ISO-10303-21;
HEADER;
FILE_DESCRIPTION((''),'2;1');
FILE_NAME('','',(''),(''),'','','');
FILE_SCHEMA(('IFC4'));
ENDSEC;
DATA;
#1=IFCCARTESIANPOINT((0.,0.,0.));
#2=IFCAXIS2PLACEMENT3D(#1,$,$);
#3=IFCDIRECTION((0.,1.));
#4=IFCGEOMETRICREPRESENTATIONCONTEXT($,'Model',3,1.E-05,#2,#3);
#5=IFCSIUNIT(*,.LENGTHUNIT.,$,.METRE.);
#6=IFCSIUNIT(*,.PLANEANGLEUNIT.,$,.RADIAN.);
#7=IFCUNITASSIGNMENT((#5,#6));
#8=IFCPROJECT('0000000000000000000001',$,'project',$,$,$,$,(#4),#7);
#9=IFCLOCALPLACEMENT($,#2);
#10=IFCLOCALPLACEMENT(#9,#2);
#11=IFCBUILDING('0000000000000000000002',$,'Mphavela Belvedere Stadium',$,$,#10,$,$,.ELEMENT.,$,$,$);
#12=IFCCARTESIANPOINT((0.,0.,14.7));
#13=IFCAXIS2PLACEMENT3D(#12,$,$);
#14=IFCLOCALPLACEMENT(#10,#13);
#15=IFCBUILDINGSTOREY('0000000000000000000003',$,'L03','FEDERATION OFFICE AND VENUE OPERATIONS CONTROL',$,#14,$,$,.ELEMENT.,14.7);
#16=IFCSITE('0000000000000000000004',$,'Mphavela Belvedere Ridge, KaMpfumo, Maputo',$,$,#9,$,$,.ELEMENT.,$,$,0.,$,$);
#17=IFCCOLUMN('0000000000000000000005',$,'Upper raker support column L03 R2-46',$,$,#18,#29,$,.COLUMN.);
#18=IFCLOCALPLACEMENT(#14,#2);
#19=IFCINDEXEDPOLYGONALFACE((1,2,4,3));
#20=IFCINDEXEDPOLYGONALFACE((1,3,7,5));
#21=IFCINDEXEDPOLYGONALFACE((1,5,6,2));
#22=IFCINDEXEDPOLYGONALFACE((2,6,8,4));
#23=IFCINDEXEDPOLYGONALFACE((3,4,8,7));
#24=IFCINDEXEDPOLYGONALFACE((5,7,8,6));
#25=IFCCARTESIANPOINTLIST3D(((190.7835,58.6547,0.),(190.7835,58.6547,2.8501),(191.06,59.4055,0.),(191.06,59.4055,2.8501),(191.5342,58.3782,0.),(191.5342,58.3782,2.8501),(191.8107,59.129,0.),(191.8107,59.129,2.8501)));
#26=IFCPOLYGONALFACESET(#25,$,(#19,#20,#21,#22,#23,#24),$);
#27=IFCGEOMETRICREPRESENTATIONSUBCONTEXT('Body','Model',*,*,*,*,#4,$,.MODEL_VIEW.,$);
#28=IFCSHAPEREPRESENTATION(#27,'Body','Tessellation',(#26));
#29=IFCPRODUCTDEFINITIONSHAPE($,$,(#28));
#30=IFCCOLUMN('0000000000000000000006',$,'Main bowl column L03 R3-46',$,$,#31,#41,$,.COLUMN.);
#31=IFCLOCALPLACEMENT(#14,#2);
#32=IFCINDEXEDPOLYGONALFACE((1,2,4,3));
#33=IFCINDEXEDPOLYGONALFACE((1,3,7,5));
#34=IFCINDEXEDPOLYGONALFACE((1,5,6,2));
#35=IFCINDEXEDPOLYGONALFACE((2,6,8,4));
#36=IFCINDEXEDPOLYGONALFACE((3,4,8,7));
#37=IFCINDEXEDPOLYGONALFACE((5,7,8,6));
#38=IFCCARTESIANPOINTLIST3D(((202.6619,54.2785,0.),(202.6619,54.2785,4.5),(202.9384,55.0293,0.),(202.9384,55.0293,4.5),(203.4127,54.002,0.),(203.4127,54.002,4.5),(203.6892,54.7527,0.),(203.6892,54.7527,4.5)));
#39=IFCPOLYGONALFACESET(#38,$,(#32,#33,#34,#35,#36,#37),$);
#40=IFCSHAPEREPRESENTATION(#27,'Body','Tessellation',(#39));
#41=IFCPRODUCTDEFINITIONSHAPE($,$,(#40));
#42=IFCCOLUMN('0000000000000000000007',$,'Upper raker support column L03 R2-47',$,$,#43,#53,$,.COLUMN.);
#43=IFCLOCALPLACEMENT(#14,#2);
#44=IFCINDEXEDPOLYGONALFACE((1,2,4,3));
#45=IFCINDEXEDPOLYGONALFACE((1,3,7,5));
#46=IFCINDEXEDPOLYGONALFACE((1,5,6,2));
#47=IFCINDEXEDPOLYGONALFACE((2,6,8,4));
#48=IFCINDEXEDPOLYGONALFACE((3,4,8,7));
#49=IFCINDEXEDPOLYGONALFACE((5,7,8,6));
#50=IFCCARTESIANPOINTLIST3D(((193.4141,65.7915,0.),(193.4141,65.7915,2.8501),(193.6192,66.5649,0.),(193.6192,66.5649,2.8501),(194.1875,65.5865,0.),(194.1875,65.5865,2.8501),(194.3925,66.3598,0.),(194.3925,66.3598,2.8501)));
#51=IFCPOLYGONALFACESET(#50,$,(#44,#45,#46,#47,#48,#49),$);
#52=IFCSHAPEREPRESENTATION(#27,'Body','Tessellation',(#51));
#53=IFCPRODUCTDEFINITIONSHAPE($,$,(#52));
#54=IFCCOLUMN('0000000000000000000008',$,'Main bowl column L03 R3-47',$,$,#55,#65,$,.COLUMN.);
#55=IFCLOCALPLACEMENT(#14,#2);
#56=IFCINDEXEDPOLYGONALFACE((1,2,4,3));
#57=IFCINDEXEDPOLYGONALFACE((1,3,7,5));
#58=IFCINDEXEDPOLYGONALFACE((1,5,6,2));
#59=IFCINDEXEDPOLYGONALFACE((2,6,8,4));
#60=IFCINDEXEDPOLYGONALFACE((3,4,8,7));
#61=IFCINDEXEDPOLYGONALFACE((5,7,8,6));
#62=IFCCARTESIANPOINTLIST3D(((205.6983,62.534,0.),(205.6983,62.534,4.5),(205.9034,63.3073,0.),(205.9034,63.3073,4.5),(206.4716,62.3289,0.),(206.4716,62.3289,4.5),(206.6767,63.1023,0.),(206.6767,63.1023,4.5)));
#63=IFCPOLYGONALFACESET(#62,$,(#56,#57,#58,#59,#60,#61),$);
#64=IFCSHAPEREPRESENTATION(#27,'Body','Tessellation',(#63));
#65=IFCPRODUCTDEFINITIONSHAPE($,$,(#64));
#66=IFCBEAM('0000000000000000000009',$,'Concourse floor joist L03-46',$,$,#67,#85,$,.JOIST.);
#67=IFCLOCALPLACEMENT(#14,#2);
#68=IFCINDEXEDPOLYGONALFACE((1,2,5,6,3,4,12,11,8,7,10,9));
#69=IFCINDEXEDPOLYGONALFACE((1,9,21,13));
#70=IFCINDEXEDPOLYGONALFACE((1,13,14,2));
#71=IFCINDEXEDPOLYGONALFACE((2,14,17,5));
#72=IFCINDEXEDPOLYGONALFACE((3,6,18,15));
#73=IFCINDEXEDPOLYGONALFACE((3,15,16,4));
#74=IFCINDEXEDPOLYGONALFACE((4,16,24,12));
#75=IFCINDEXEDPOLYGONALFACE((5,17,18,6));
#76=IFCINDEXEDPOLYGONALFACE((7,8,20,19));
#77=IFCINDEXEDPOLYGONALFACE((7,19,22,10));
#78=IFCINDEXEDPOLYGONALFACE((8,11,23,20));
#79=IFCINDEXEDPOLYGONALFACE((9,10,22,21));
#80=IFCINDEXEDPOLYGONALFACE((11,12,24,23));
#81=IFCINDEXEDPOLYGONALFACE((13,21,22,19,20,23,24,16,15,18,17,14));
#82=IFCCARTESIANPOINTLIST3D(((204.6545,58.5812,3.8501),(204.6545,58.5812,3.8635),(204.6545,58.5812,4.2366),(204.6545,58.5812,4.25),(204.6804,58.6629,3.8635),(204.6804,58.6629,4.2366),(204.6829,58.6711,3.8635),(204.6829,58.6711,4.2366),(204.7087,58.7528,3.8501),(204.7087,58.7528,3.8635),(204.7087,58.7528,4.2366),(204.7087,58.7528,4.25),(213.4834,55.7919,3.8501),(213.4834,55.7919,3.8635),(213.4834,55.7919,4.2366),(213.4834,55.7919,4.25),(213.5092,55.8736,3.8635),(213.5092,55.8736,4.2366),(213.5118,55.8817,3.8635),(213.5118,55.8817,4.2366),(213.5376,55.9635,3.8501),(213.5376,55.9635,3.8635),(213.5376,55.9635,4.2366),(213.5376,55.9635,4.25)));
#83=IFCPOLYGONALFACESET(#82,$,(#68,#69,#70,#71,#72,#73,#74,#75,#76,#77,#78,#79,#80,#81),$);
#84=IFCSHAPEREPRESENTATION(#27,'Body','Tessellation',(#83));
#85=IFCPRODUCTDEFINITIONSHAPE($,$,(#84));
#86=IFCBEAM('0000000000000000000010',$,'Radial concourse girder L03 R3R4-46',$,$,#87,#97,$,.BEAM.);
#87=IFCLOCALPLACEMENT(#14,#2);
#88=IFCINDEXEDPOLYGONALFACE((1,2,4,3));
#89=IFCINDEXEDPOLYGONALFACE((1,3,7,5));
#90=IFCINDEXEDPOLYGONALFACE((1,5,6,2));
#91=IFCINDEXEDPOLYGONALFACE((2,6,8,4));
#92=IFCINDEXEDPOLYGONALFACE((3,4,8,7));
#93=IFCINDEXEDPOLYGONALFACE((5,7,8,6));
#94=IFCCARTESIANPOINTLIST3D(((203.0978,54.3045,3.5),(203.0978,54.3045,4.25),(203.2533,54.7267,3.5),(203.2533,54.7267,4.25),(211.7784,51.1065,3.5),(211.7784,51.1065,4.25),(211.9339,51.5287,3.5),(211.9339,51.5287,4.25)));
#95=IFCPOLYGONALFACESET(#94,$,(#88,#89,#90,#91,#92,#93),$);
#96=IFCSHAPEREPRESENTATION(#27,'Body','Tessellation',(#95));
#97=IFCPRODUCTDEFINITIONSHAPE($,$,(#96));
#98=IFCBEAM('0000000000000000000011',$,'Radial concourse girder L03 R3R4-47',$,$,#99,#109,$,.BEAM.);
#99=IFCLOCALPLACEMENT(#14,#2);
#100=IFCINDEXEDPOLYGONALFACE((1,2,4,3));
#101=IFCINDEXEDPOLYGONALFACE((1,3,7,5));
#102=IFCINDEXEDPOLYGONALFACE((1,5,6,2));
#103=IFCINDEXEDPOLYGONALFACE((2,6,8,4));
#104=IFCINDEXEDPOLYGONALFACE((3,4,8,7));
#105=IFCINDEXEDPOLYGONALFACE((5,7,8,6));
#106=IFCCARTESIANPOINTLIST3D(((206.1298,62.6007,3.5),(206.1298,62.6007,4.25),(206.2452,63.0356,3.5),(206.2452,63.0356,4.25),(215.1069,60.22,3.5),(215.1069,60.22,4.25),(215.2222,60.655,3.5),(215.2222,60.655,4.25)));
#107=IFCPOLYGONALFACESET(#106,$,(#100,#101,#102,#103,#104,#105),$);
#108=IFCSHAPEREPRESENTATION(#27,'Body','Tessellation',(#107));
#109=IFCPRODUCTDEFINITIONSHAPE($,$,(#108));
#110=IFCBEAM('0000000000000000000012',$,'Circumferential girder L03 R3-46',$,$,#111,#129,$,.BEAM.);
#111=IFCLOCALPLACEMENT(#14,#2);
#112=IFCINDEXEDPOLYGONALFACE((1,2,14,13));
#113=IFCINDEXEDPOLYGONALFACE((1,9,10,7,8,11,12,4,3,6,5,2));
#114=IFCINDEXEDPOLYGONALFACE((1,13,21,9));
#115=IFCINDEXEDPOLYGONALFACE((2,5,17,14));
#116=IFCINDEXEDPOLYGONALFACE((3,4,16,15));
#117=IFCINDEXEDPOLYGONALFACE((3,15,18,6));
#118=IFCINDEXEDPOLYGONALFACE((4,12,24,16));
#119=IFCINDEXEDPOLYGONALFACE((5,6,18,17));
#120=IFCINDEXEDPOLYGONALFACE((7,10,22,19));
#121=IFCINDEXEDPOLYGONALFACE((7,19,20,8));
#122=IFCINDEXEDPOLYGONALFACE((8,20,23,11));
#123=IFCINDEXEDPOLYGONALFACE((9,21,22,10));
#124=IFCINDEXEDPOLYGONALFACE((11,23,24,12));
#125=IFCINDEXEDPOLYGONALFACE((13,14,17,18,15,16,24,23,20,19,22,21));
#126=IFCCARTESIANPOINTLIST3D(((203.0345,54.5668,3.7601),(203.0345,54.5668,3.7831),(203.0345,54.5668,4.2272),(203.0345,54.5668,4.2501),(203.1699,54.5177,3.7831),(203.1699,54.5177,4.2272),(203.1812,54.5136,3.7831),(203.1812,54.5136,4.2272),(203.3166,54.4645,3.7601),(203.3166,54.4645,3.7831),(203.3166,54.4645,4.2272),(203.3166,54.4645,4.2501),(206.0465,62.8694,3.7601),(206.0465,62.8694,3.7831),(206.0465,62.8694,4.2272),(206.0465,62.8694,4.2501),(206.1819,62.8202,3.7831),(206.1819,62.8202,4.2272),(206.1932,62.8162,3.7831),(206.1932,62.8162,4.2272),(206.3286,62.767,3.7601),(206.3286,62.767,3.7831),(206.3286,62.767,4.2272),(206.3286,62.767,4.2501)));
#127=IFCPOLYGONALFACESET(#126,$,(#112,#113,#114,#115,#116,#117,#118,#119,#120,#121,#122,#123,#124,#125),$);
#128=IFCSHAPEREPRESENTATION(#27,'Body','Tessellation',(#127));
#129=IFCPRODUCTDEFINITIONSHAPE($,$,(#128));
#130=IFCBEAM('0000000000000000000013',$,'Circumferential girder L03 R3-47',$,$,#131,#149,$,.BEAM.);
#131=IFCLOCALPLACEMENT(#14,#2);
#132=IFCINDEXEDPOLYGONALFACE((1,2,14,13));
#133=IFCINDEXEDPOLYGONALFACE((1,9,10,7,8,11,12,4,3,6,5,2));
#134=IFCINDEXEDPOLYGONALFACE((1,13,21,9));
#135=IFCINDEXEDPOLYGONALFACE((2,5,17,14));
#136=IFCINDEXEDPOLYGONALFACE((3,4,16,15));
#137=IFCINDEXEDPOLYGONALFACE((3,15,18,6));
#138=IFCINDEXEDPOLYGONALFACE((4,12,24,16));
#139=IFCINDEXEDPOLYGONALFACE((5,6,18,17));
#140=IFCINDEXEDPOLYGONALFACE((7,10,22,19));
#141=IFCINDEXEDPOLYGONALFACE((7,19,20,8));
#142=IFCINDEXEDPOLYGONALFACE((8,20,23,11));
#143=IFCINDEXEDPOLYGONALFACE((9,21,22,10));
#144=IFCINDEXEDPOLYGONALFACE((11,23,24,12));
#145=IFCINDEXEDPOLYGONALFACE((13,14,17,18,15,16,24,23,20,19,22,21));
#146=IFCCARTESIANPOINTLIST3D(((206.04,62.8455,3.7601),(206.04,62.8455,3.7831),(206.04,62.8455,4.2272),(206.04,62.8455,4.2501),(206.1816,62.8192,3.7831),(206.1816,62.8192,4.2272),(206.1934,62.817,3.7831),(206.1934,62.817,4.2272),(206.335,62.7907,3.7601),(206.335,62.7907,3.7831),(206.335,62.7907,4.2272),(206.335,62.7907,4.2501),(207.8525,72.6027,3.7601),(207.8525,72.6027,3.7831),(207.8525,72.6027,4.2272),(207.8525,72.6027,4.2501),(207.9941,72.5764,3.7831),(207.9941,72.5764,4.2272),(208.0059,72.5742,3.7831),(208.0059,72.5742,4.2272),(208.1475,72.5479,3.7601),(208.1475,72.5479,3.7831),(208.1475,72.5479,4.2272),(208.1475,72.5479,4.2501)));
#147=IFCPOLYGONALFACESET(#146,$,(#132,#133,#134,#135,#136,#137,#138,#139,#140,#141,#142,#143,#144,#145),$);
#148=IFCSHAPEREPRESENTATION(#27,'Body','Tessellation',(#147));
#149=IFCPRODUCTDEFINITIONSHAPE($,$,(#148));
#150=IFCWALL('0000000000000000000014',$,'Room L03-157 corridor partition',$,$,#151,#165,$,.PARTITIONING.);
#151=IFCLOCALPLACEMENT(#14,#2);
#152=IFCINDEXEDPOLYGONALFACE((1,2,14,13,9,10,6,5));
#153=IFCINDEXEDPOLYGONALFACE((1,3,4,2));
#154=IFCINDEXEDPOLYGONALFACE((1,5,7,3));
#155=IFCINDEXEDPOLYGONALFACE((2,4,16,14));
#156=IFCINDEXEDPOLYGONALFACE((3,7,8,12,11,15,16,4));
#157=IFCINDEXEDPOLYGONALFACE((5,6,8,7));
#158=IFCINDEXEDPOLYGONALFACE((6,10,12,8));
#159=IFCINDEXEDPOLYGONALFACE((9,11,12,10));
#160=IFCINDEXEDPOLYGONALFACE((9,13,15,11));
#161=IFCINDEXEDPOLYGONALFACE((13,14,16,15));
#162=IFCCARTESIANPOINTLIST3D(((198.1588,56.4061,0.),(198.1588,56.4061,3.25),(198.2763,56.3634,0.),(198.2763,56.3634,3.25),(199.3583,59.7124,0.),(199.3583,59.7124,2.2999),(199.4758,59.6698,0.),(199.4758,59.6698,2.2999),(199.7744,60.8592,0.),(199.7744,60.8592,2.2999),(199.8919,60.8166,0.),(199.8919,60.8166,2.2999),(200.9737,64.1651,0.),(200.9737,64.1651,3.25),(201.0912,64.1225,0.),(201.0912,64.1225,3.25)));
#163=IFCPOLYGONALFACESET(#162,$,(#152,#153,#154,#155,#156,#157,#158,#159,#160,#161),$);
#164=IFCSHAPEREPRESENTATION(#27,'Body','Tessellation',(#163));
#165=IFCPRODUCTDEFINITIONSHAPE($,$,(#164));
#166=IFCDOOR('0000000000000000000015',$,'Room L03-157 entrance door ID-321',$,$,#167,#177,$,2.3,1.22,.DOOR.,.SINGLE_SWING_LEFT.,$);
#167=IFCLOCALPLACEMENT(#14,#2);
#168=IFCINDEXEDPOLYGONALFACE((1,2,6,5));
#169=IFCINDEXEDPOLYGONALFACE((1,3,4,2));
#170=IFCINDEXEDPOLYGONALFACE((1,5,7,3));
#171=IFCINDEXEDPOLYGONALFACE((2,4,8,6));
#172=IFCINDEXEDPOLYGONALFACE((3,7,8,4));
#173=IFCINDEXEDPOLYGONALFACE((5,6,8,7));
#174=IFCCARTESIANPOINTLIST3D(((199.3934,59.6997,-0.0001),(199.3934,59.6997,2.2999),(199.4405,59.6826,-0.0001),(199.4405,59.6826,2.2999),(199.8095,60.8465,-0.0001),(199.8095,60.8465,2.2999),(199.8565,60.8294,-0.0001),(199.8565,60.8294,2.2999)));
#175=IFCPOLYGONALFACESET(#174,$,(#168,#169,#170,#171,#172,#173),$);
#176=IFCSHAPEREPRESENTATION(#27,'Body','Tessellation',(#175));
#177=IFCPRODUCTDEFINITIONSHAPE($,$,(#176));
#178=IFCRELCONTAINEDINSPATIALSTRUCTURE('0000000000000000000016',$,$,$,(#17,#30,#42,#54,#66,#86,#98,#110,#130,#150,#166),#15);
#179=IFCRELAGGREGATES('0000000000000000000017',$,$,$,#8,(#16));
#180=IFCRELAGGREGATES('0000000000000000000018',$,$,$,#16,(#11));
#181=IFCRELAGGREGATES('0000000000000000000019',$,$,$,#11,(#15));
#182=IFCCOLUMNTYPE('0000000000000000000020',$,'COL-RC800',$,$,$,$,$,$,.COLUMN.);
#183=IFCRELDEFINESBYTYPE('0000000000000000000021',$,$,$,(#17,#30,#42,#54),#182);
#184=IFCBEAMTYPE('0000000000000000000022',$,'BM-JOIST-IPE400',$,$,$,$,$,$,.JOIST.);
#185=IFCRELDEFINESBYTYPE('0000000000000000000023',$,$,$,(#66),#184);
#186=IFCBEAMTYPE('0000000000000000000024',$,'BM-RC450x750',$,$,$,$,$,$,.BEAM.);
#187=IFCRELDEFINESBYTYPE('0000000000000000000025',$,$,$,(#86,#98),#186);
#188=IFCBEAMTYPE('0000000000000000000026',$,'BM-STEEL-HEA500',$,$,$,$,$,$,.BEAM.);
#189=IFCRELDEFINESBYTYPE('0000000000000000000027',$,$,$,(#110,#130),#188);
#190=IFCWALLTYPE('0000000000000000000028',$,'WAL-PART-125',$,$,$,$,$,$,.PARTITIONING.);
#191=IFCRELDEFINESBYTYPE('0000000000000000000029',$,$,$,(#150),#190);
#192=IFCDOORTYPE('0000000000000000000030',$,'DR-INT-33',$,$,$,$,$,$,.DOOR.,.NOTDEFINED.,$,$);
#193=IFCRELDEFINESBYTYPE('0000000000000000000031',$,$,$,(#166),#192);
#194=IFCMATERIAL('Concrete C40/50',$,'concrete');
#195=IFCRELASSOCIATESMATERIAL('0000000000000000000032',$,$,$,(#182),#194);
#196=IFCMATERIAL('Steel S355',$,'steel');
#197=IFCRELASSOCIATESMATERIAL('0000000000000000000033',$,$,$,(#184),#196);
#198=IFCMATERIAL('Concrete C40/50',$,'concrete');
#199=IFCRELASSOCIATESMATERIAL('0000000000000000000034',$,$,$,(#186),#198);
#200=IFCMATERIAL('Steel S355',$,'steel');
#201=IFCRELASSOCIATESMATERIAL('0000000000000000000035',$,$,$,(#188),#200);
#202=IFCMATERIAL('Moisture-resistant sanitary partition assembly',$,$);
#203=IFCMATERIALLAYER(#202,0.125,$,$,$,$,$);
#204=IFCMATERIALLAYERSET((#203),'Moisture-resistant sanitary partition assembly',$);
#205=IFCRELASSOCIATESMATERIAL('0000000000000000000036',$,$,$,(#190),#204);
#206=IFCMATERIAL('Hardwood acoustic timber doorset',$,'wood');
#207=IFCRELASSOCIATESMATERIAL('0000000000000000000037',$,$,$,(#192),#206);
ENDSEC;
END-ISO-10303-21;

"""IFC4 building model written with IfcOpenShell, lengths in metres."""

from ifc_helpers import new_model, si_unit, direction, frame, frame_2d, origin, origin_2d, place, context, subcontext, project, spatial, rectangle, i_section, extrude, material, layer, layer_set, material_profile, profile_set, type_object, element, fill, save


model = new_model("IFC4")

# Units and contexts
model_context = context("Model", 3, precision=1e-05, world=origin(), true_north=direction((0.0, 1.0)))
body_context = subcontext(model_context, "Body", "Model", "MODEL_VIEW")
ifc_project = project(units=[si_unit("LENGTHUNIT", "METRE"), si_unit("PLANEANGLEUNIT", "RADIAN")], contexts=[model_context])

# Site, building, storey
site_placement = place(None, origin())
site = spatial("IfcSite", under=ifc_project, at=site_placement, Name="Mphavela Belvedere Ridge, KaMpfumo, Maputo", CompositionType="ELEMENT", RefElevation=0.0)
building_placement = place(site_placement, origin())
building = spatial("IfcBuilding", under=site, at=building_placement, Name="Mphavela Belvedere Stadium", CompositionType="ELEMENT")
storey_placement = place(building_placement, frame((0.0, 0.0, 14.7)))
storey = spatial("IfcBuildingStorey", under=building, at=storey_placement, Name="L03", Description="FEDERATION OFFICE AND VENUE OPERATIONS CONTROL", CompositionType="ELEMENT", Elevation=14.7)

# Columns
ifc_material_1 = material(Name="Concrete C40/50", Category="concrete")
ifc_material_profile_1 = material_profile(ifc_material_1, rectangle(XDim=0.8, YDim=0.8, at=origin_2d()), Name="RC 800x800")
ifc_profile_set_1 = profile_set([ifc_material_profile_1], Name="Concrete C40/50")
column_type = type_object("IfcColumnType", Name="COL-RC800", PredefinedType="COLUMN", material=ifc_profile_set_1)
column_1_placement = place(storey_placement, frame((191.2971, 58.8918, 0.0), z_axis=(0.0, 0.0, 1.0), x_axis=(0.938372, -0.345626, 0.0)))
element("IfcColumn", 1, at=column_1_placement, inside=storey, type_object=column_type, Name="Upper raker support column L03 R2-46", PredefinedType="COLUMN", context=body_context, shape_type="SweptSolid", body=[
    extrude(rectangle(XDim=0.8, YDim=0.8, at=origin_2d()), origin(), (0.0, 0.0, 1.0), 2.8501),
])
column_2_placement = place(storey_placement, frame((203.1755, 54.5156, 0.0), z_axis=(0.0, 0.0, 1.0), x_axis=(0.938372, -0.345626, 0.0)))
element("IfcColumn", 2, at=column_2_placement, inside=storey, type_object=column_type, Name="Main bowl column L03 R3-46", PredefinedType="COLUMN", context=body_context, shape_type="SweptSolid", body=[
    extrude(rectangle(XDim=0.8, YDim=0.8, at=origin_2d()), origin(), (0.0, 0.0, 1.0), 4.5),
])
column_3_placement = place(storey_placement, frame((193.9033, 66.0757, 0.0), z_axis=(0.0, 0.0, 1.0), x_axis=(0.9666, -0.256289, 0.0)))
element("IfcColumn", 3, at=column_3_placement, inside=storey, type_object=column_type, Name="Upper raker support column L03 R2-47", PredefinedType="COLUMN", context=body_context, shape_type="SweptSolid", body=[
    extrude(rectangle(XDim=0.8, YDim=0.8, at=origin_2d()), origin(), (0.0, 0.0, 1.0), 2.8501),
])
column_4_placement = place(storey_placement, frame((206.1875, 62.8181, 0.0), z_axis=(0.0, 0.0, 1.0), x_axis=(0.9666, -0.256289, 0.0)))
element("IfcColumn", 4, at=column_4_placement, inside=storey, type_object=column_type, Name="Main bowl column L03 R3-47", PredefinedType="COLUMN", context=body_context, shape_type="SweptSolid", body=[
    extrude(rectangle(XDim=0.8, YDim=0.8, at=origin_2d()), origin(), (0.0, 0.0, 1.0), 4.5),
])

# Beams
ifc_material_2 = material(Name="Steel S355", Category="steel")
ifc_material_profile_2 = material_profile(ifc_material_2, i_section(OverallWidth=0.1799, OverallDepth=0.3999, WebThickness=0.0085, FlangeThickness=0.0134, at=origin_2d()), Name="IPE 400")
ifc_profile_set_2 = profile_set([ifc_material_profile_2], Name="Steel S355")
beam_type_1 = type_object("IfcBeamType", Name="BM-JOIST-IPE400", PredefinedType="JOIST", material=ifc_profile_set_2)
beam_1_placement = place(storey_placement, frame((204.6816, 58.667, 4.05), z_axis=(0.953544, -0.301254, 0.0), x_axis=(0.301254, 0.953544, 0.0)))
element("IfcBeam", 5, at=beam_1_placement, inside=storey, type_object=beam_type_1, Name="Concourse floor joist L03-46", PredefinedType="JOIST", context=body_context, shape_type="SweptSolid", body=[
    extrude(i_section(OverallWidth=0.1799, OverallDepth=0.3999, WebThickness=0.0085, FlangeThickness=0.0134, at=origin_2d()), origin(), (0.0, 0.0, 1.0), 9.259),
])
ifc_material_3 = material(Name="Concrete C40/50", Category="concrete")
ifc_material_profile_3 = material_profile(ifc_material_3, rectangle(XDim=0.45, YDim=0.75, at=origin_2d()), Name="RC 450x750")
ifc_profile_set_3 = profile_set([ifc_material_profile_3], Name="Concrete C40/50")
beam_type_2 = type_object("IfcBeamType", Name="BM-RC450x750", PredefinedType="BEAM", material=ifc_profile_set_3)
beam_2_placement = place(storey_placement, frame((203.1755, 54.5156, 3.875), z_axis=(0.938348, -0.345692, 0.0), x_axis=(0.345692, 0.938348, 0.0)))
element("IfcBeam", 6, at=beam_2_placement, inside=storey, type_object=beam_type_2, Name="Radial concourse girder L03 R3R4-46", PredefinedType="BEAM", context=body_context, shape_type="SweptSolid", body=[
    extrude(rectangle(XDim=0.45, YDim=0.75, at=origin_2d()), origin(), (0.0, 0.0, 1.0), 9.251),
])
beam_3_placement = place(storey_placement, frame((206.1875, 62.8181, 3.875), z_axis=(0.96659, -0.256329, 0.0), x_axis=(0.256329, 0.96659, 0.0)))
element("IfcBeam", 7, at=beam_3_placement, inside=storey, type_object=beam_type_2, Name="Radial concourse girder L03 R3R4-47", PredefinedType="BEAM", context=body_context, shape_type="SweptSolid", body=[
    extrude(rectangle(XDim=0.45, YDim=0.75, at=origin_2d()), origin(), (0.0, 0.0, 1.0), 9.2874),
])
ifc_material_4 = material(Name="Steel S355", Category="steel")
ifc_material_profile_4 = material_profile(ifc_material_4, i_section(OverallWidth=0.3, OverallDepth=0.49, WebThickness=0.012, FlangeThickness=0.0229, at=origin_2d()), Name="HEA 500")
ifc_profile_set_4 = profile_set([ifc_material_profile_4], Name="Steel S355")
beam_type_3 = type_object("IfcBeamType", Name="BM-STEEL-HEA500", PredefinedType="BEAM", material=ifc_profile_set_4)
beam_4_placement = place(storey_placement, frame((203.1755, 54.5156, 4.0051), z_axis=(0.341031, 0.940052, 0.0), x_axis=(-0.940052, 0.341031, 0.0)))
element("IfcBeam", 8, at=beam_4_placement, inside=storey, type_object=beam_type_3, Name="Circumferential girder L03 R3-46", PredefinedType="BEAM", context=body_context, shape_type="SweptSolid", body=[
    extrude(i_section(OverallWidth=0.3, OverallDepth=0.49, WebThickness=0.012, FlangeThickness=0.0229, at=origin_2d()), origin(), (0.0, 0.0, 1.0), 8.832),
])
beam_5_placement = place(storey_placement, frame((206.1875, 62.8181, 4.0051), z_axis=(0.182638, 0.98318, 0.0), x_axis=(-0.98318, 0.182638, 0.0)))
element("IfcBeam", 9, at=beam_5_placement, inside=storey, type_object=beam_type_3, Name="Circumferential girder L03 R3-47", PredefinedType="BEAM", context=body_context, shape_type="SweptSolid", body=[
    extrude(i_section(OverallWidth=0.3, OverallDepth=0.49, WebThickness=0.012, FlangeThickness=0.0229, at=origin_2d()), origin(), (0.0, 0.0, 1.0), 9.9241),
])

# Wall, opening, door
ifc_material_5 = material(Name="Moisture-resistant sanitary partition assembly")
ifc_layer_1 = layer(ifc_material_5, 0.125)
ifc_layer_set_1 = layer_set([ifc_layer_1], Name="Moisture-resistant sanitary partition assembly")
wall_type_1 = type_object("IfcWallType", Name="WAL-PART-125", PredefinedType="PARTITIONING", material=ifc_layer_set_1)
wall_1_placement = place(storey_placement, frame((201.0325, 64.1438, 0.0), z_axis=(0.0, 0.0, 1.0), x_axis=(-0.341045, -0.940047, 0.0)))
wall_1 = element("IfcWall", 10, at=wall_1_placement, inside=storey, type_object=wall_type_1, Name="Room L03-157 corridor partition", PredefinedType="PARTITIONING", context=body_context, shape_type="SweptSolid", body=[
    extrude(rectangle(XDim=8.2539, YDim=0.125, at=frame_2d((4.127, 0.0))), origin(), (0.0, 0.0, 1.0), 3.25),
])
opening_1_placement = place(wall_1_placement, frame((3.5168, 0.0, 0.0)))
opening_1 = element("IfcOpeningElement", 11, at=opening_1_placement, cuts=wall_1, PredefinedType="OPENING", context=body_context, shape_type="SweptSolid", body=[
    extrude(rectangle(XDim=1.22, YDim=2.3, at=frame_2d((0.6099, 1.1499))), frame((0.0, 0.0725, 0.0), z_axis=(0.0, -1.0, 0.0), x_axis=(1.0, 0.0, 0.0)), (0.0, 0.0, 1.0), 0.145),
])
ifc_material_6 = material(Name="Hardwood acoustic timber doorset", Category="wood")
door_type_1 = type_object("IfcDoorType", Name="DR-INT-33", OperationType="NOTDEFINED", PredefinedType="DOOR", material=ifc_material_6)
door_1_placement = place(opening_1_placement, origin())
door_1 = element("IfcDoor", 12, at=door_1_placement, inside=storey, type_object=door_type_1, Name="Room L03-157 entrance door ID-321", OperationType="SINGLE_SWING_LEFT", OverallHeight=2.3, OverallWidth=1.22, PredefinedType="DOOR", context=body_context, shape_type="SweptSolid", body=[
    extrude(rectangle(XDim=1.22, YDim=2.3, at=frame_2d((0.6099, 1.1499))), frame((0.0, 0.0249, 0.0), z_axis=(0.0, -1.0, 0.0), x_axis=(1.0, 0.0, 0.0)), (0.0, 0.0, 1.0), 0.05),
])
fill(opening_1, door_1)

save(model, "model.ifc")
